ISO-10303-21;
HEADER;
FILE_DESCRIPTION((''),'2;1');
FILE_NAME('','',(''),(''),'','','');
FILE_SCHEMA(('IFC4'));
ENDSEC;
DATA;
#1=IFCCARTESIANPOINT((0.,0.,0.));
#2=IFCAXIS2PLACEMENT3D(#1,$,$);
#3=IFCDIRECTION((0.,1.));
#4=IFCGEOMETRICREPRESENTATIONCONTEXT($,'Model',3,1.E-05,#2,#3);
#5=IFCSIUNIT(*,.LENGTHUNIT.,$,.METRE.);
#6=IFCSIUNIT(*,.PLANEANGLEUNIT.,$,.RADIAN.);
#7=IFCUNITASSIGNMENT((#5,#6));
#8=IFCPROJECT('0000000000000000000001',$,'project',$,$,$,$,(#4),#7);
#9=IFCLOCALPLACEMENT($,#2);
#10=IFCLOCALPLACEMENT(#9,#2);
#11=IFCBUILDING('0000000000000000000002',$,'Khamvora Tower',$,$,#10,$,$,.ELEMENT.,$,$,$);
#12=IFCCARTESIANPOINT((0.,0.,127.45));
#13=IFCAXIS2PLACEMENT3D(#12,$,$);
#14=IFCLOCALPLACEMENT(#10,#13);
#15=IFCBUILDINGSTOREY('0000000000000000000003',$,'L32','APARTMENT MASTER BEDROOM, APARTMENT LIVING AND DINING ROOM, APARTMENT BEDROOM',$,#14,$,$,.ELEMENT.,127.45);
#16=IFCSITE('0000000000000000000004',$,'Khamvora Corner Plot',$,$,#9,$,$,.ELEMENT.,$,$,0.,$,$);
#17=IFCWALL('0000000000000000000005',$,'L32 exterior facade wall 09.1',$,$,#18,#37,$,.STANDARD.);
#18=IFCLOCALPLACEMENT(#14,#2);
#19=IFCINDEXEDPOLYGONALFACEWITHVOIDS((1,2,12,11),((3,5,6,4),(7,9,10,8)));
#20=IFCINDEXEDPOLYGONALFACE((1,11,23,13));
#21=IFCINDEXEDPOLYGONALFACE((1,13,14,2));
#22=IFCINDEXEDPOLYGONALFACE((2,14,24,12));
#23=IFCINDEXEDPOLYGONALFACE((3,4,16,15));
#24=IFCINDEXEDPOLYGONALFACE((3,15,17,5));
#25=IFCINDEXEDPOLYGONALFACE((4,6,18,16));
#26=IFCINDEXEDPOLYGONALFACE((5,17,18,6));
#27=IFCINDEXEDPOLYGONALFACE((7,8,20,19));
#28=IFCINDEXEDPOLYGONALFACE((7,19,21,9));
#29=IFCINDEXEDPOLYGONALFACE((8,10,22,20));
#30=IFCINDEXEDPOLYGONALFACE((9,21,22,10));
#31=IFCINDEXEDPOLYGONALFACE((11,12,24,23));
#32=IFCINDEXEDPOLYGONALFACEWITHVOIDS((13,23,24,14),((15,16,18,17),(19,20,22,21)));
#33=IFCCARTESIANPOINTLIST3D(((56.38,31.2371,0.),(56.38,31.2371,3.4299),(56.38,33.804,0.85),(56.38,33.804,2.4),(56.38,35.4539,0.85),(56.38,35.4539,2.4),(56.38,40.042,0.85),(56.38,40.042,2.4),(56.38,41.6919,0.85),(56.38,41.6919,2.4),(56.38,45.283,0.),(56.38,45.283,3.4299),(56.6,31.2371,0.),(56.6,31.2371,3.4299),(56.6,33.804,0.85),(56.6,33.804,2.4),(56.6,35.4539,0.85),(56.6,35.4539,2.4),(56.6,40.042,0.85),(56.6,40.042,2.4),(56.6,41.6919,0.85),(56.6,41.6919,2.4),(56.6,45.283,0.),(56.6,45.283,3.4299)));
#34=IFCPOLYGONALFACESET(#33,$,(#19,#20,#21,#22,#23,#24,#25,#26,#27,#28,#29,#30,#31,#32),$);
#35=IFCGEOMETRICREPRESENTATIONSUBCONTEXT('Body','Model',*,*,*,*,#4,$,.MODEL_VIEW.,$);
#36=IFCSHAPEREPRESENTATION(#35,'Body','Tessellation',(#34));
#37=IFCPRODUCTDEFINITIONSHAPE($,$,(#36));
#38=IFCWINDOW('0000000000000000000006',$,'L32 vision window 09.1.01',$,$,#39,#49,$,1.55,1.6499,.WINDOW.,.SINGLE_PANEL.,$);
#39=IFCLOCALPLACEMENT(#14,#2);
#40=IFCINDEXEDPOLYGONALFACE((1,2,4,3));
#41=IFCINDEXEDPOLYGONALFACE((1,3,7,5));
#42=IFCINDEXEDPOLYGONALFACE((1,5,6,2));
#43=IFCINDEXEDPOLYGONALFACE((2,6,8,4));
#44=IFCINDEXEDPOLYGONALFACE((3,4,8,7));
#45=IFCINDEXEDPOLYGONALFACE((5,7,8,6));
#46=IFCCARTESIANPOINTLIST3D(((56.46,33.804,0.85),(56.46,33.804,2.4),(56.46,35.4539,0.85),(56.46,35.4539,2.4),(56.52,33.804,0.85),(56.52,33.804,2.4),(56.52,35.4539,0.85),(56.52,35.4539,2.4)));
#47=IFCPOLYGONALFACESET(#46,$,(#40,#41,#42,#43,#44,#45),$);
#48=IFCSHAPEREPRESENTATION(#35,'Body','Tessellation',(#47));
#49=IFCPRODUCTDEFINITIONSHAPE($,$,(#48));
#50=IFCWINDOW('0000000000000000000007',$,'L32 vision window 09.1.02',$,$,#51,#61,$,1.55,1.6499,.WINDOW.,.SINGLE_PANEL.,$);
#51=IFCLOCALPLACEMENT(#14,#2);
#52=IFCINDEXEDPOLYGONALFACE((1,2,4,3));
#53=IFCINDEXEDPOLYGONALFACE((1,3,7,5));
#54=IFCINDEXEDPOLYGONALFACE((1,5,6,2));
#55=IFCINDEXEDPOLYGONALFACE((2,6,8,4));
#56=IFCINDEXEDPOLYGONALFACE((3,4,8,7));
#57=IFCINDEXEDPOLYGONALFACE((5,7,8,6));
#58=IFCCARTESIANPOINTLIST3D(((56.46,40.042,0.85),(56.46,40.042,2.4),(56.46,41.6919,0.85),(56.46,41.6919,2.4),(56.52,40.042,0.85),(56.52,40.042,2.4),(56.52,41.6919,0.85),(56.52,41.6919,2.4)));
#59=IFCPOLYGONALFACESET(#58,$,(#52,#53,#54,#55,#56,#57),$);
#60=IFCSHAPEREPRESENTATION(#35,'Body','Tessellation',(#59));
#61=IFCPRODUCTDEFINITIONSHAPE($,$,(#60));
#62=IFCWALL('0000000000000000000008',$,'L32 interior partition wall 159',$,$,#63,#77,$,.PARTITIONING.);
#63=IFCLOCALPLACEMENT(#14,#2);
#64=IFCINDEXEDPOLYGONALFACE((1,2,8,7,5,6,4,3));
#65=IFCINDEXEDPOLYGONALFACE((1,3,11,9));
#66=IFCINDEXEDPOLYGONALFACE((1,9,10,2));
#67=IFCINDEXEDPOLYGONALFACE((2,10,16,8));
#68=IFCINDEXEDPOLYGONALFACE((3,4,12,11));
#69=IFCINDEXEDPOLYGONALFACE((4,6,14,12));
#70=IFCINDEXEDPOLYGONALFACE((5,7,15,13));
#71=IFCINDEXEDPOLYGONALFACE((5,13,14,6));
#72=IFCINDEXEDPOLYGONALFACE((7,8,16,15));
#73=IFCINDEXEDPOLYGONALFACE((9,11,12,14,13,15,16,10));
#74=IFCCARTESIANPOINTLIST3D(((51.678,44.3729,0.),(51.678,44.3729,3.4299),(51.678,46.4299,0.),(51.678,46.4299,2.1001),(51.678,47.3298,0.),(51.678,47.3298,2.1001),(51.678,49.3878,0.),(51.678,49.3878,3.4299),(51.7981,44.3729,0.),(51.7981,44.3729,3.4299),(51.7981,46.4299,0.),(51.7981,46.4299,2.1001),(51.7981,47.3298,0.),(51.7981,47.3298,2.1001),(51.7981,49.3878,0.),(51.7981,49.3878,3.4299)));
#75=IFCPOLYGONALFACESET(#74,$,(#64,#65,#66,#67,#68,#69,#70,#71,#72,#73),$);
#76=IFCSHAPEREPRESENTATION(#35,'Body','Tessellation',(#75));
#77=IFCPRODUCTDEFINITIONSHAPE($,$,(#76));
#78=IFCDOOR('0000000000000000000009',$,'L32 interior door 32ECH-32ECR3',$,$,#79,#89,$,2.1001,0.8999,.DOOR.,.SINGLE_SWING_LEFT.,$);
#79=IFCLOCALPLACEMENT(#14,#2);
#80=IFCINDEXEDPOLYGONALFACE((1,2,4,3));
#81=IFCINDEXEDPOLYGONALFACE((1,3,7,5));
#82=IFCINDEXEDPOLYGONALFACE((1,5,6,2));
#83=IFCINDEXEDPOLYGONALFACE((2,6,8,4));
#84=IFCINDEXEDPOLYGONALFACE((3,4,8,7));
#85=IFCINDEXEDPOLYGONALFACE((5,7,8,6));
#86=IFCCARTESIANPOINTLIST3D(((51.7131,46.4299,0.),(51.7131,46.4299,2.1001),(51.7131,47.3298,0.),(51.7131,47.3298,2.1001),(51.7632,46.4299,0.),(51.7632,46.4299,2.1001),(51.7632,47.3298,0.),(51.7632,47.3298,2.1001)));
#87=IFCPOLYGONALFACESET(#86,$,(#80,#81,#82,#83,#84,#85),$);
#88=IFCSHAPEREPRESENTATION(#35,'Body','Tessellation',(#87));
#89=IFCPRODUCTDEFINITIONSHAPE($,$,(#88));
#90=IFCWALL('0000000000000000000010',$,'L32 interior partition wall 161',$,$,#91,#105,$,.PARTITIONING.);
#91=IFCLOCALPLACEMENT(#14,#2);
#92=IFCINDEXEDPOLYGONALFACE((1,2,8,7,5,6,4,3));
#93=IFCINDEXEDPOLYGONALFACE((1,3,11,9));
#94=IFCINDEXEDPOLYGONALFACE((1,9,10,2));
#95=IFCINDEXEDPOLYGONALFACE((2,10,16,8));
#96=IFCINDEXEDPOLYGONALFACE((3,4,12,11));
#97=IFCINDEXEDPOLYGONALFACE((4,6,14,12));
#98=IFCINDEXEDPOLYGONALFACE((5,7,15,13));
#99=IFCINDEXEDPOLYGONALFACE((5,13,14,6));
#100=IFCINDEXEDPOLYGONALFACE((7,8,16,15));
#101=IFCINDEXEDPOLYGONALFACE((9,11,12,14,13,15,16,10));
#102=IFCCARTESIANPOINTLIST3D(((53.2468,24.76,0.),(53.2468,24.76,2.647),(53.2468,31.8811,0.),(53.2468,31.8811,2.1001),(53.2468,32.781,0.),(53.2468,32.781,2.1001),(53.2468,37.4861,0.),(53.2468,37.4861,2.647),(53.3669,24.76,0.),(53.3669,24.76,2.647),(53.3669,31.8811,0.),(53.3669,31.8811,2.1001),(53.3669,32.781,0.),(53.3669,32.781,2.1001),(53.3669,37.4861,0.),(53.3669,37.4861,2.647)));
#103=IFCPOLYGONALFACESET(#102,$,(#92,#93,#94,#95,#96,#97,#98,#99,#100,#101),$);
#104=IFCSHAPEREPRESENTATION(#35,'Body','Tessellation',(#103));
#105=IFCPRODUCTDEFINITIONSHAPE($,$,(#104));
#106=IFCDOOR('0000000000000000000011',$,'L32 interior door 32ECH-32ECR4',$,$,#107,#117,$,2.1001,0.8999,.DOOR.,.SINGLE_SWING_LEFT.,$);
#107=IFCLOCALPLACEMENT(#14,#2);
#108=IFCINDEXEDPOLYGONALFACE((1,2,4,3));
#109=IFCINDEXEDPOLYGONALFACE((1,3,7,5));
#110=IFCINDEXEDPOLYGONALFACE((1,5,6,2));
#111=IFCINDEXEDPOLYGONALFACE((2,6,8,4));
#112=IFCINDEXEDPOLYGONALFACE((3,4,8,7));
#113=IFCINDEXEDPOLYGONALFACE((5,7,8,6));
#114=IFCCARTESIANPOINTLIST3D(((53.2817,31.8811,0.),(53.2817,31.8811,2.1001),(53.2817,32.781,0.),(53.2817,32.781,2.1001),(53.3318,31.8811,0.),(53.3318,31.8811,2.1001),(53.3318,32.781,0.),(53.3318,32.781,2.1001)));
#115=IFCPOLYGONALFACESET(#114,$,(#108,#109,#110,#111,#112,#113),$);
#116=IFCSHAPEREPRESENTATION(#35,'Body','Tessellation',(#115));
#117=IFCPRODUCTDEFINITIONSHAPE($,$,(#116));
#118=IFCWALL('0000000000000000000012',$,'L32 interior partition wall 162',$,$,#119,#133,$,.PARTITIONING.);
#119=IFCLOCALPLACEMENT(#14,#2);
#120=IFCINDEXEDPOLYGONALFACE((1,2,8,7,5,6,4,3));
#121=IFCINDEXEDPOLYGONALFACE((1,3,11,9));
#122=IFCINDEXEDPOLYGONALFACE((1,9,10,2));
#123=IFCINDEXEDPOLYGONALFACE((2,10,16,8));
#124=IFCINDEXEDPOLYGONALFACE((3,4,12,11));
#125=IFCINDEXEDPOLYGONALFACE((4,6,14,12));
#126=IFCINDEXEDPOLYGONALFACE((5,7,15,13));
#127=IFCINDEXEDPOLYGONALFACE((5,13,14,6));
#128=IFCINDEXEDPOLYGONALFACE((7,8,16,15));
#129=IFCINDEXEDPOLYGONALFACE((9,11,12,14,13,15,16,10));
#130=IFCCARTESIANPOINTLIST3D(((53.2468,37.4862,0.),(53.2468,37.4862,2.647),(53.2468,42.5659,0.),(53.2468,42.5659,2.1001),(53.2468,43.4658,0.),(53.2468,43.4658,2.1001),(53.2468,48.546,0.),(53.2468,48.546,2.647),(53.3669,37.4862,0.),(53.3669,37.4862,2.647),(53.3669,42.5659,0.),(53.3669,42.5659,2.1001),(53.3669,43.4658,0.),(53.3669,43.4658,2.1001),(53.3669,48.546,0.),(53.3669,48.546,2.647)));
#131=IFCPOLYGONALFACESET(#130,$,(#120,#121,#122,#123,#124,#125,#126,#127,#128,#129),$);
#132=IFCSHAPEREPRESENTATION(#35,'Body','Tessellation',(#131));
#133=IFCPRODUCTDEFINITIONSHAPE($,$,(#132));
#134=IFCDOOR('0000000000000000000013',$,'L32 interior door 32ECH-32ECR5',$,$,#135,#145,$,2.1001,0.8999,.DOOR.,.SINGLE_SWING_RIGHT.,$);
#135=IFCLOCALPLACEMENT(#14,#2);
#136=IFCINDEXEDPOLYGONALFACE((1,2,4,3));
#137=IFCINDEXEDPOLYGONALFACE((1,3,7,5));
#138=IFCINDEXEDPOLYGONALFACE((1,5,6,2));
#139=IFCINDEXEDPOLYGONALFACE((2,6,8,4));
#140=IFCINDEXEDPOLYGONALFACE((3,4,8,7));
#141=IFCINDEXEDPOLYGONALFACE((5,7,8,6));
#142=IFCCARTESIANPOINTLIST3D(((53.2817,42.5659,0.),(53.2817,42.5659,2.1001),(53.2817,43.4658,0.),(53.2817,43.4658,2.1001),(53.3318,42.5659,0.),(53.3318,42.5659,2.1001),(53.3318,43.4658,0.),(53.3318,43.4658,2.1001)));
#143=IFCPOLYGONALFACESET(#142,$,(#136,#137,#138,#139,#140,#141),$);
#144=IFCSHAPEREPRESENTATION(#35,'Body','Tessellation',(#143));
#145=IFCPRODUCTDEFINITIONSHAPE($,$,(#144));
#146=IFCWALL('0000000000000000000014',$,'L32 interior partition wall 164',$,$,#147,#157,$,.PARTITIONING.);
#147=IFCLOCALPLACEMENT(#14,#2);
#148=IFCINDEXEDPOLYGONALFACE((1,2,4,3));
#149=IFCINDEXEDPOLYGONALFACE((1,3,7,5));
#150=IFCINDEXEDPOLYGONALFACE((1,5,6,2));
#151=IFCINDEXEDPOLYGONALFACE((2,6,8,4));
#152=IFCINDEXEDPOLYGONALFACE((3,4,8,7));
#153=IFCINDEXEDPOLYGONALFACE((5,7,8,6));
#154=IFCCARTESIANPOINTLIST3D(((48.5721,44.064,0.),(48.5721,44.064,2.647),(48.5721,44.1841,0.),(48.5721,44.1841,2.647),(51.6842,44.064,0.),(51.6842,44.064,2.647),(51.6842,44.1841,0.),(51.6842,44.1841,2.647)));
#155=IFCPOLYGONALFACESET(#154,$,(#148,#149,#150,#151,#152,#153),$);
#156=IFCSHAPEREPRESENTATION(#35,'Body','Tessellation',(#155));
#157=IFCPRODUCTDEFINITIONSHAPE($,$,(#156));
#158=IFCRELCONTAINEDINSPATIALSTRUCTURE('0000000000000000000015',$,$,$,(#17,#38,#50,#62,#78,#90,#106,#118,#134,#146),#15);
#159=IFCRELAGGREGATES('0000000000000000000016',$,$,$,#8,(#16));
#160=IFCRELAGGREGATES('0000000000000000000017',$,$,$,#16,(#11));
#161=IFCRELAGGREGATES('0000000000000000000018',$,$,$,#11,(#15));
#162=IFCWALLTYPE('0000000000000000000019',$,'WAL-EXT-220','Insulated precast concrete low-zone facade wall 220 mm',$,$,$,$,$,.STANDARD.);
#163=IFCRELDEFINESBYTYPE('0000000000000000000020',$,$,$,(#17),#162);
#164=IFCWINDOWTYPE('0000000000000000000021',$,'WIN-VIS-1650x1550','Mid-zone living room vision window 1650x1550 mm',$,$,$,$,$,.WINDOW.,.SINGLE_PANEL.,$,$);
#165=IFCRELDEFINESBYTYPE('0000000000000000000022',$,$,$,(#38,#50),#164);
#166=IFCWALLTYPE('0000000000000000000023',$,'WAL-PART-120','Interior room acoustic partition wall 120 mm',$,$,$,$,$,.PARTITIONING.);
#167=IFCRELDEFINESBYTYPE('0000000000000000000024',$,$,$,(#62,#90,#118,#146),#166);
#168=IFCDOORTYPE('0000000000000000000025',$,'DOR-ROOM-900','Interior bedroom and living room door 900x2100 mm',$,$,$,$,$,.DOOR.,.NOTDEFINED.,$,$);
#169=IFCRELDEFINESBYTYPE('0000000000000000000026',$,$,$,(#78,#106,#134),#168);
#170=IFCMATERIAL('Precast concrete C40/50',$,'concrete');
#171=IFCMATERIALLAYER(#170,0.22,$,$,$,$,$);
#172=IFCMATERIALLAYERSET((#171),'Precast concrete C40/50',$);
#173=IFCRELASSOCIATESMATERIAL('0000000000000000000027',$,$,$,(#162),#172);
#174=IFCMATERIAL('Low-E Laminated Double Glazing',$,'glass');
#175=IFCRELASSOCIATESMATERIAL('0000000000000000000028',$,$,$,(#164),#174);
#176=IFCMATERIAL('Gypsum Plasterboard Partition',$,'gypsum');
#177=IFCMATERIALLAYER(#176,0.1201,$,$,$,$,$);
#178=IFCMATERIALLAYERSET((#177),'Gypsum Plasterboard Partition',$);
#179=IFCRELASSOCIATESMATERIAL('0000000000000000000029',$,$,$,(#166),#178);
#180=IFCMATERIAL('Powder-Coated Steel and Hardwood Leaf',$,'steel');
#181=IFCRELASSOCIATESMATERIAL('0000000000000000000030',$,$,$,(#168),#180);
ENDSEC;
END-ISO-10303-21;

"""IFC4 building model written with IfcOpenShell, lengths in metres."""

from ifc_helpers import new_model, si_unit, direction, frame, frame_2d, origin, place, context, subcontext, project, spatial, rectangle, extrude, material, layer, layer_set, type_object, element, fill, save


model = new_model("IFC4")

# Units and contexts
model_context = context("Model", 3, precision=1e-05, world=origin(), true_north=direction((0.0, 1.0)))
body_context = subcontext(model_context, "Body", "Model", "MODEL_VIEW")
ifc_project = project(units=[si_unit("LENGTHUNIT", "METRE"), si_unit("PLANEANGLEUNIT", "RADIAN")], contexts=[model_context])

# Site, building, storey
site_placement = place(None, origin())
site = spatial("IfcSite", under=ifc_project, at=site_placement, Name="Khamvora Corner Plot", CompositionType="ELEMENT", RefElevation=0.0)
building_placement = place(site_placement, origin())
building = spatial("IfcBuilding", under=site, at=building_placement, Name="Khamvora Tower", CompositionType="ELEMENT")
storey_placement = place(building_placement, frame((0.0, 0.0, 127.45)))
storey = spatial("IfcBuildingStorey", under=building, at=storey_placement, Name="L32", Description="APARTMENT MASTER BEDROOM, APARTMENT LIVING AND DINING ROOM, APARTMENT BEDROOM", CompositionType="ELEMENT", Elevation=127.45)

# Shared definitions
ifc_material_1 = material(Name="Precast concrete C40/50", Category="concrete")
ifc_layer_1 = layer(ifc_material_1, 0.22)
ifc_layer_set_1 = layer_set([ifc_layer_1], Name="Precast concrete C40/50")
wall_type_1 = type_object("IfcWallType", Name="WAL-EXT-220", Description="Insulated precast concrete low-zone facade wall 220 mm", PredefinedType="STANDARD", material=ifc_layer_set_1)

# Wall, openings, windows
wall_1_placement = place(storey_placement, frame((56.49, 45.283, 0.0), z_axis=(0.0, 0.0, 1.0), x_axis=(0.0, -1.0, 0.0)))
wall_1 = element("IfcWall", 1, at=wall_1_placement, inside=storey, type_object=wall_type_1, Name="L32 exterior facade wall 09.1", PredefinedType="STANDARD", context=body_context, shape_type="SweptSolid", body=[
    extrude(rectangle(XDim=14.0459, YDim=0.22, at=frame_2d((7.0229, 0.0))), origin(), (0.0, 0.0, 1.0), 3.4299),
])
opening_1_placement = place(wall_1_placement, frame((9.8291, 0.0, 0.8501)))
opening_1 = element("IfcOpeningElement", 2, at=opening_1_placement, cuts=wall_1, PredefinedType="OPENING", context=body_context, shape_type="SweptSolid", body=[
    extrude(rectangle(XDim=1.6499, YDim=1.55, at=frame_2d((0.825, 0.7749))), frame((0.0, 0.1199, 0.0), z_axis=(0.0, -1.0, 0.0), x_axis=(1.0, 0.0, 0.0)), (0.0, 0.0, 1.0), 0.24),
])
opening_2_placement = place(wall_1_placement, frame((3.5911, 0.0, 0.8501)))
opening_2 = element("IfcOpeningElement", 3, at=opening_2_placement, cuts=wall_1, PredefinedType="OPENING", context=body_context, shape_type="SweptSolid", body=[
    extrude(rectangle(XDim=1.6499, YDim=1.55, at=frame_2d((0.825, 0.7749))), frame((0.0, 0.1199, 0.0), z_axis=(0.0, -1.0, 0.0), x_axis=(1.0, 0.0, 0.0)), (0.0, 0.0, 1.0), 0.24),
])
ifc_material_2 = material(Name="Low-E Laminated Double Glazing", Category="glass")
window_type = type_object("IfcWindowType", Name="WIN-VIS-1650x1550", Description="Mid-zone living room vision window 1650x1550 mm", PartitioningType="SINGLE_PANEL", PredefinedType="WINDOW", material=ifc_material_2)
window_1_placement = place(opening_1_placement, origin())
window_1 = element("IfcWindow", 4, at=window_1_placement, inside=storey, type_object=window_type, Name="L32 vision window 09.1.01", OverallHeight=1.55, OverallWidth=1.6499, PartitioningType="SINGLE_PANEL", PredefinedType="WINDOW", context=body_context, shape_type="SweptSolid", body=[
    extrude(rectangle(XDim=1.6499, YDim=1.55, at=frame_2d((0.825, 0.7749))), frame((0.0, 0.03, 0.0), z_axis=(0.0, -1.0, 0.0), x_axis=(1.0, 0.0, 0.0)), (0.0, 0.0, 1.0), 0.0601),
])
fill(opening_1, window_1)
window_2_placement = place(opening_2_placement, origin())
window_2 = element("IfcWindow", 5, at=window_2_placement, inside=storey, type_object=window_type, Name="L32 vision window 09.1.02", OverallHeight=1.55, OverallWidth=1.6499, PartitioningType="SINGLE_PANEL", PredefinedType="WINDOW", context=body_context, shape_type="SweptSolid", body=[
    extrude(rectangle(XDim=1.6499, YDim=1.55, at=frame_2d((0.825, 0.7749))), frame((0.0, 0.03, 0.0), z_axis=(0.0, -1.0, 0.0), x_axis=(1.0, 0.0, 0.0)), (0.0, 0.0, 1.0), 0.0601),
])
fill(opening_2, window_2)

# Walls, openings, doors
ifc_material_3 = material(Name="Gypsum Plasterboard Partition", Category="gypsum")
ifc_layer_2 = layer(ifc_material_3, 0.1201)
ifc_layer_set_2 = layer_set([ifc_layer_2], Name="Gypsum Plasterboard Partition")
wall_type_2 = type_object("IfcWallType", Name="WAL-PART-120", Description="Interior room acoustic partition wall 120 mm", PredefinedType="PARTITIONING", material=ifc_layer_set_2)
wall_2_placement = place(storey_placement, frame((51.738, 44.373, 0.0), z_axis=(0.0, 0.0, 1.0), x_axis=(0.0, 1.0, 0.0)))
wall_2 = element("IfcWall", 6, at=wall_2_placement, inside=storey, type_object=wall_type_2, Name="L32 interior partition wall 159", PredefinedType="PARTITIONING", context=body_context, shape_type="SweptSolid", body=[
    extrude(rectangle(XDim=5.0149, YDim=0.1201, at=frame_2d((2.5073, 0.0))), origin(), (0.0, 0.0, 1.0), 3.4299),
])
opening_3_placement = place(wall_2_placement, frame((2.0569, 0.0, 0.0)))
opening_3 = element("IfcOpeningElement", 7, at=opening_3_placement, cuts=wall_2, PredefinedType="OPENING", context=body_context, shape_type="SweptSolid", body=[
    extrude(rectangle(XDim=0.8999, YDim=2.1001, at=frame_2d((0.45, 1.05))), frame((0.0, 0.0701, 0.0), z_axis=(0.0, -1.0, 0.0), x_axis=(1.0, 0.0, 0.0)), (0.0, 0.0, 1.0), 0.1401),
])
ifc_material_4 = material(Name="Powder-Coated Steel and Hardwood Leaf", Category="steel")
door_type_1 = type_object("IfcDoorType", Name="DOR-ROOM-900", Description="Interior bedroom and living room door 900x2100 mm", OperationType="NOTDEFINED", PredefinedType="DOOR", material=ifc_material_4)
door_1_placement = place(opening_3_placement, origin())
door_1 = element("IfcDoor", 8, at=door_1_placement, inside=storey, type_object=door_type_1, Name="L32 interior door 32ECH-32ECR3", OperationType="SINGLE_SWING_LEFT", OverallHeight=2.1001, OverallWidth=0.8999, PredefinedType="DOOR", context=body_context, shape_type="SweptSolid", body=[
    extrude(rectangle(XDim=0.8999, YDim=2.1001, at=frame_2d((0.45, 1.05))), frame((0.0, 0.0249, 0.0), z_axis=(0.0, -1.0, 0.0), x_axis=(1.0, 0.0, 0.0)), (0.0, 0.0, 1.0), 0.05),
])
fill(opening_3, door_1)
wall_3_placement = place(storey_placement, frame((53.3069, 37.4861, 0.0), z_axis=(0.0, 0.0, 1.0), x_axis=(0.0, -1.0, 0.0)))
wall_3 = element("IfcWall", 9, at=wall_3_placement, inside=storey, type_object=wall_type_2, Name="L32 interior partition wall 161", PredefinedType="PARTITIONING", context=body_context, shape_type="SweptSolid", body=[
    extrude(rectangle(XDim=12.7261, YDim=0.1201, at=frame_2d((6.363, 0.0))), origin(), (0.0, 0.0, 1.0), 2.647),
])
opening_4_placement = place(wall_3_placement, frame((4.7051, 0.0, 0.0)))
opening_4 = element("IfcOpeningElement", 10, at=opening_4_placement, cuts=wall_3, PredefinedType="OPENING", context=body_context, shape_type="SweptSolid", body=[
    extrude(rectangle(XDim=0.8999, YDim=2.1001, at=frame_2d((0.45, 1.05))), frame((0.0, 0.0701, 0.0), z_axis=(0.0, -1.0, 0.0), x_axis=(1.0, 0.0, 0.0)), (0.0, 0.0, 1.0), 0.1401),
])
door_2_placement = place(opening_4_placement, origin())
door_2 = element("IfcDoor", 11, at=door_2_placement, inside=storey, type_object=door_type_1, Name="L32 interior door 32ECH-32ECR4", OperationType="SINGLE_SWING_LEFT", OverallHeight=2.1001, OverallWidth=0.8999, PredefinedType="DOOR", context=body_context, shape_type="SweptSolid", body=[
    extrude(rectangle(XDim=0.8999, YDim=2.1001, at=frame_2d((0.45, 1.05))), frame((0.0, 0.0249, 0.0), z_axis=(0.0, -1.0, 0.0), x_axis=(1.0, 0.0, 0.0)), (0.0, 0.0, 1.0), 0.05),
])
fill(opening_4, door_2)
wall_4_placement = place(storey_placement, frame((53.3069, 48.5459, 0.0), z_axis=(0.0, 0.0, 1.0), x_axis=(0.0, -1.0, 0.0)))
wall_4 = element("IfcWall", 12, at=wall_4_placement, inside=storey, type_object=wall_type_2, Name="L32 interior partition wall 162", PredefinedType="PARTITIONING", context=body_context, shape_type="SweptSolid", body=[
    extrude(rectangle(XDim=11.0598, YDim=0.1201, at=frame_2d((5.5298, 0.0))), origin(), (0.0, 0.0, 1.0), 2.647),
])
opening_5_placement = place(wall_4_placement, frame((5.0801, 0.0, 0.0)))
opening_5 = element("IfcOpeningElement", 13, at=opening_5_placement, cuts=wall_4, PredefinedType="OPENING", context=body_context, shape_type="SweptSolid", body=[
    extrude(rectangle(XDim=0.8999, YDim=2.1001, at=frame_2d((0.45, 1.05))), frame((0.0, 0.0701, 0.0), z_axis=(0.0, -1.0, 0.0), x_axis=(1.0, 0.0, 0.0)), (0.0, 0.0, 1.0), 0.1401),
])
door_3_placement = place(opening_5_placement, origin())
door_3 = element("IfcDoor", 14, at=door_3_placement, inside=storey, type_object=door_type_1, Name="L32 interior door 32ECH-32ECR5", OperationType="SINGLE_SWING_RIGHT", OverallHeight=2.1001, OverallWidth=0.8999, PredefinedType="DOOR", context=body_context, shape_type="SweptSolid", body=[
    extrude(rectangle(XDim=0.8999, YDim=2.1001, at=frame_2d((0.45, 1.05))), frame((0.0, 0.0249, 0.0), z_axis=(0.0, -1.0, 0.0), x_axis=(1.0, 0.0, 0.0)), (0.0, 0.0, 1.0), 0.05),
])
fill(opening_5, door_3)

# Wall
wall_5_placement = place(storey_placement, frame((48.572, 44.124, 0.0), z_axis=(0.0, 0.0, 1.0), x_axis=(1.0, 0.0, 0.0)))
element("IfcWall", 15, at=wall_5_placement, inside=storey, type_object=wall_type_2, Name="L32 interior partition wall 164", PredefinedType="PARTITIONING", context=body_context, shape_type="SweptSolid", body=[
    extrude(rectangle(XDim=3.1121, YDim=0.1201, at=frame_2d((1.5562, 0.0))), origin(), (0.0, 0.0, 1.0), 2.647),
])

save(model, "model.ifc")
